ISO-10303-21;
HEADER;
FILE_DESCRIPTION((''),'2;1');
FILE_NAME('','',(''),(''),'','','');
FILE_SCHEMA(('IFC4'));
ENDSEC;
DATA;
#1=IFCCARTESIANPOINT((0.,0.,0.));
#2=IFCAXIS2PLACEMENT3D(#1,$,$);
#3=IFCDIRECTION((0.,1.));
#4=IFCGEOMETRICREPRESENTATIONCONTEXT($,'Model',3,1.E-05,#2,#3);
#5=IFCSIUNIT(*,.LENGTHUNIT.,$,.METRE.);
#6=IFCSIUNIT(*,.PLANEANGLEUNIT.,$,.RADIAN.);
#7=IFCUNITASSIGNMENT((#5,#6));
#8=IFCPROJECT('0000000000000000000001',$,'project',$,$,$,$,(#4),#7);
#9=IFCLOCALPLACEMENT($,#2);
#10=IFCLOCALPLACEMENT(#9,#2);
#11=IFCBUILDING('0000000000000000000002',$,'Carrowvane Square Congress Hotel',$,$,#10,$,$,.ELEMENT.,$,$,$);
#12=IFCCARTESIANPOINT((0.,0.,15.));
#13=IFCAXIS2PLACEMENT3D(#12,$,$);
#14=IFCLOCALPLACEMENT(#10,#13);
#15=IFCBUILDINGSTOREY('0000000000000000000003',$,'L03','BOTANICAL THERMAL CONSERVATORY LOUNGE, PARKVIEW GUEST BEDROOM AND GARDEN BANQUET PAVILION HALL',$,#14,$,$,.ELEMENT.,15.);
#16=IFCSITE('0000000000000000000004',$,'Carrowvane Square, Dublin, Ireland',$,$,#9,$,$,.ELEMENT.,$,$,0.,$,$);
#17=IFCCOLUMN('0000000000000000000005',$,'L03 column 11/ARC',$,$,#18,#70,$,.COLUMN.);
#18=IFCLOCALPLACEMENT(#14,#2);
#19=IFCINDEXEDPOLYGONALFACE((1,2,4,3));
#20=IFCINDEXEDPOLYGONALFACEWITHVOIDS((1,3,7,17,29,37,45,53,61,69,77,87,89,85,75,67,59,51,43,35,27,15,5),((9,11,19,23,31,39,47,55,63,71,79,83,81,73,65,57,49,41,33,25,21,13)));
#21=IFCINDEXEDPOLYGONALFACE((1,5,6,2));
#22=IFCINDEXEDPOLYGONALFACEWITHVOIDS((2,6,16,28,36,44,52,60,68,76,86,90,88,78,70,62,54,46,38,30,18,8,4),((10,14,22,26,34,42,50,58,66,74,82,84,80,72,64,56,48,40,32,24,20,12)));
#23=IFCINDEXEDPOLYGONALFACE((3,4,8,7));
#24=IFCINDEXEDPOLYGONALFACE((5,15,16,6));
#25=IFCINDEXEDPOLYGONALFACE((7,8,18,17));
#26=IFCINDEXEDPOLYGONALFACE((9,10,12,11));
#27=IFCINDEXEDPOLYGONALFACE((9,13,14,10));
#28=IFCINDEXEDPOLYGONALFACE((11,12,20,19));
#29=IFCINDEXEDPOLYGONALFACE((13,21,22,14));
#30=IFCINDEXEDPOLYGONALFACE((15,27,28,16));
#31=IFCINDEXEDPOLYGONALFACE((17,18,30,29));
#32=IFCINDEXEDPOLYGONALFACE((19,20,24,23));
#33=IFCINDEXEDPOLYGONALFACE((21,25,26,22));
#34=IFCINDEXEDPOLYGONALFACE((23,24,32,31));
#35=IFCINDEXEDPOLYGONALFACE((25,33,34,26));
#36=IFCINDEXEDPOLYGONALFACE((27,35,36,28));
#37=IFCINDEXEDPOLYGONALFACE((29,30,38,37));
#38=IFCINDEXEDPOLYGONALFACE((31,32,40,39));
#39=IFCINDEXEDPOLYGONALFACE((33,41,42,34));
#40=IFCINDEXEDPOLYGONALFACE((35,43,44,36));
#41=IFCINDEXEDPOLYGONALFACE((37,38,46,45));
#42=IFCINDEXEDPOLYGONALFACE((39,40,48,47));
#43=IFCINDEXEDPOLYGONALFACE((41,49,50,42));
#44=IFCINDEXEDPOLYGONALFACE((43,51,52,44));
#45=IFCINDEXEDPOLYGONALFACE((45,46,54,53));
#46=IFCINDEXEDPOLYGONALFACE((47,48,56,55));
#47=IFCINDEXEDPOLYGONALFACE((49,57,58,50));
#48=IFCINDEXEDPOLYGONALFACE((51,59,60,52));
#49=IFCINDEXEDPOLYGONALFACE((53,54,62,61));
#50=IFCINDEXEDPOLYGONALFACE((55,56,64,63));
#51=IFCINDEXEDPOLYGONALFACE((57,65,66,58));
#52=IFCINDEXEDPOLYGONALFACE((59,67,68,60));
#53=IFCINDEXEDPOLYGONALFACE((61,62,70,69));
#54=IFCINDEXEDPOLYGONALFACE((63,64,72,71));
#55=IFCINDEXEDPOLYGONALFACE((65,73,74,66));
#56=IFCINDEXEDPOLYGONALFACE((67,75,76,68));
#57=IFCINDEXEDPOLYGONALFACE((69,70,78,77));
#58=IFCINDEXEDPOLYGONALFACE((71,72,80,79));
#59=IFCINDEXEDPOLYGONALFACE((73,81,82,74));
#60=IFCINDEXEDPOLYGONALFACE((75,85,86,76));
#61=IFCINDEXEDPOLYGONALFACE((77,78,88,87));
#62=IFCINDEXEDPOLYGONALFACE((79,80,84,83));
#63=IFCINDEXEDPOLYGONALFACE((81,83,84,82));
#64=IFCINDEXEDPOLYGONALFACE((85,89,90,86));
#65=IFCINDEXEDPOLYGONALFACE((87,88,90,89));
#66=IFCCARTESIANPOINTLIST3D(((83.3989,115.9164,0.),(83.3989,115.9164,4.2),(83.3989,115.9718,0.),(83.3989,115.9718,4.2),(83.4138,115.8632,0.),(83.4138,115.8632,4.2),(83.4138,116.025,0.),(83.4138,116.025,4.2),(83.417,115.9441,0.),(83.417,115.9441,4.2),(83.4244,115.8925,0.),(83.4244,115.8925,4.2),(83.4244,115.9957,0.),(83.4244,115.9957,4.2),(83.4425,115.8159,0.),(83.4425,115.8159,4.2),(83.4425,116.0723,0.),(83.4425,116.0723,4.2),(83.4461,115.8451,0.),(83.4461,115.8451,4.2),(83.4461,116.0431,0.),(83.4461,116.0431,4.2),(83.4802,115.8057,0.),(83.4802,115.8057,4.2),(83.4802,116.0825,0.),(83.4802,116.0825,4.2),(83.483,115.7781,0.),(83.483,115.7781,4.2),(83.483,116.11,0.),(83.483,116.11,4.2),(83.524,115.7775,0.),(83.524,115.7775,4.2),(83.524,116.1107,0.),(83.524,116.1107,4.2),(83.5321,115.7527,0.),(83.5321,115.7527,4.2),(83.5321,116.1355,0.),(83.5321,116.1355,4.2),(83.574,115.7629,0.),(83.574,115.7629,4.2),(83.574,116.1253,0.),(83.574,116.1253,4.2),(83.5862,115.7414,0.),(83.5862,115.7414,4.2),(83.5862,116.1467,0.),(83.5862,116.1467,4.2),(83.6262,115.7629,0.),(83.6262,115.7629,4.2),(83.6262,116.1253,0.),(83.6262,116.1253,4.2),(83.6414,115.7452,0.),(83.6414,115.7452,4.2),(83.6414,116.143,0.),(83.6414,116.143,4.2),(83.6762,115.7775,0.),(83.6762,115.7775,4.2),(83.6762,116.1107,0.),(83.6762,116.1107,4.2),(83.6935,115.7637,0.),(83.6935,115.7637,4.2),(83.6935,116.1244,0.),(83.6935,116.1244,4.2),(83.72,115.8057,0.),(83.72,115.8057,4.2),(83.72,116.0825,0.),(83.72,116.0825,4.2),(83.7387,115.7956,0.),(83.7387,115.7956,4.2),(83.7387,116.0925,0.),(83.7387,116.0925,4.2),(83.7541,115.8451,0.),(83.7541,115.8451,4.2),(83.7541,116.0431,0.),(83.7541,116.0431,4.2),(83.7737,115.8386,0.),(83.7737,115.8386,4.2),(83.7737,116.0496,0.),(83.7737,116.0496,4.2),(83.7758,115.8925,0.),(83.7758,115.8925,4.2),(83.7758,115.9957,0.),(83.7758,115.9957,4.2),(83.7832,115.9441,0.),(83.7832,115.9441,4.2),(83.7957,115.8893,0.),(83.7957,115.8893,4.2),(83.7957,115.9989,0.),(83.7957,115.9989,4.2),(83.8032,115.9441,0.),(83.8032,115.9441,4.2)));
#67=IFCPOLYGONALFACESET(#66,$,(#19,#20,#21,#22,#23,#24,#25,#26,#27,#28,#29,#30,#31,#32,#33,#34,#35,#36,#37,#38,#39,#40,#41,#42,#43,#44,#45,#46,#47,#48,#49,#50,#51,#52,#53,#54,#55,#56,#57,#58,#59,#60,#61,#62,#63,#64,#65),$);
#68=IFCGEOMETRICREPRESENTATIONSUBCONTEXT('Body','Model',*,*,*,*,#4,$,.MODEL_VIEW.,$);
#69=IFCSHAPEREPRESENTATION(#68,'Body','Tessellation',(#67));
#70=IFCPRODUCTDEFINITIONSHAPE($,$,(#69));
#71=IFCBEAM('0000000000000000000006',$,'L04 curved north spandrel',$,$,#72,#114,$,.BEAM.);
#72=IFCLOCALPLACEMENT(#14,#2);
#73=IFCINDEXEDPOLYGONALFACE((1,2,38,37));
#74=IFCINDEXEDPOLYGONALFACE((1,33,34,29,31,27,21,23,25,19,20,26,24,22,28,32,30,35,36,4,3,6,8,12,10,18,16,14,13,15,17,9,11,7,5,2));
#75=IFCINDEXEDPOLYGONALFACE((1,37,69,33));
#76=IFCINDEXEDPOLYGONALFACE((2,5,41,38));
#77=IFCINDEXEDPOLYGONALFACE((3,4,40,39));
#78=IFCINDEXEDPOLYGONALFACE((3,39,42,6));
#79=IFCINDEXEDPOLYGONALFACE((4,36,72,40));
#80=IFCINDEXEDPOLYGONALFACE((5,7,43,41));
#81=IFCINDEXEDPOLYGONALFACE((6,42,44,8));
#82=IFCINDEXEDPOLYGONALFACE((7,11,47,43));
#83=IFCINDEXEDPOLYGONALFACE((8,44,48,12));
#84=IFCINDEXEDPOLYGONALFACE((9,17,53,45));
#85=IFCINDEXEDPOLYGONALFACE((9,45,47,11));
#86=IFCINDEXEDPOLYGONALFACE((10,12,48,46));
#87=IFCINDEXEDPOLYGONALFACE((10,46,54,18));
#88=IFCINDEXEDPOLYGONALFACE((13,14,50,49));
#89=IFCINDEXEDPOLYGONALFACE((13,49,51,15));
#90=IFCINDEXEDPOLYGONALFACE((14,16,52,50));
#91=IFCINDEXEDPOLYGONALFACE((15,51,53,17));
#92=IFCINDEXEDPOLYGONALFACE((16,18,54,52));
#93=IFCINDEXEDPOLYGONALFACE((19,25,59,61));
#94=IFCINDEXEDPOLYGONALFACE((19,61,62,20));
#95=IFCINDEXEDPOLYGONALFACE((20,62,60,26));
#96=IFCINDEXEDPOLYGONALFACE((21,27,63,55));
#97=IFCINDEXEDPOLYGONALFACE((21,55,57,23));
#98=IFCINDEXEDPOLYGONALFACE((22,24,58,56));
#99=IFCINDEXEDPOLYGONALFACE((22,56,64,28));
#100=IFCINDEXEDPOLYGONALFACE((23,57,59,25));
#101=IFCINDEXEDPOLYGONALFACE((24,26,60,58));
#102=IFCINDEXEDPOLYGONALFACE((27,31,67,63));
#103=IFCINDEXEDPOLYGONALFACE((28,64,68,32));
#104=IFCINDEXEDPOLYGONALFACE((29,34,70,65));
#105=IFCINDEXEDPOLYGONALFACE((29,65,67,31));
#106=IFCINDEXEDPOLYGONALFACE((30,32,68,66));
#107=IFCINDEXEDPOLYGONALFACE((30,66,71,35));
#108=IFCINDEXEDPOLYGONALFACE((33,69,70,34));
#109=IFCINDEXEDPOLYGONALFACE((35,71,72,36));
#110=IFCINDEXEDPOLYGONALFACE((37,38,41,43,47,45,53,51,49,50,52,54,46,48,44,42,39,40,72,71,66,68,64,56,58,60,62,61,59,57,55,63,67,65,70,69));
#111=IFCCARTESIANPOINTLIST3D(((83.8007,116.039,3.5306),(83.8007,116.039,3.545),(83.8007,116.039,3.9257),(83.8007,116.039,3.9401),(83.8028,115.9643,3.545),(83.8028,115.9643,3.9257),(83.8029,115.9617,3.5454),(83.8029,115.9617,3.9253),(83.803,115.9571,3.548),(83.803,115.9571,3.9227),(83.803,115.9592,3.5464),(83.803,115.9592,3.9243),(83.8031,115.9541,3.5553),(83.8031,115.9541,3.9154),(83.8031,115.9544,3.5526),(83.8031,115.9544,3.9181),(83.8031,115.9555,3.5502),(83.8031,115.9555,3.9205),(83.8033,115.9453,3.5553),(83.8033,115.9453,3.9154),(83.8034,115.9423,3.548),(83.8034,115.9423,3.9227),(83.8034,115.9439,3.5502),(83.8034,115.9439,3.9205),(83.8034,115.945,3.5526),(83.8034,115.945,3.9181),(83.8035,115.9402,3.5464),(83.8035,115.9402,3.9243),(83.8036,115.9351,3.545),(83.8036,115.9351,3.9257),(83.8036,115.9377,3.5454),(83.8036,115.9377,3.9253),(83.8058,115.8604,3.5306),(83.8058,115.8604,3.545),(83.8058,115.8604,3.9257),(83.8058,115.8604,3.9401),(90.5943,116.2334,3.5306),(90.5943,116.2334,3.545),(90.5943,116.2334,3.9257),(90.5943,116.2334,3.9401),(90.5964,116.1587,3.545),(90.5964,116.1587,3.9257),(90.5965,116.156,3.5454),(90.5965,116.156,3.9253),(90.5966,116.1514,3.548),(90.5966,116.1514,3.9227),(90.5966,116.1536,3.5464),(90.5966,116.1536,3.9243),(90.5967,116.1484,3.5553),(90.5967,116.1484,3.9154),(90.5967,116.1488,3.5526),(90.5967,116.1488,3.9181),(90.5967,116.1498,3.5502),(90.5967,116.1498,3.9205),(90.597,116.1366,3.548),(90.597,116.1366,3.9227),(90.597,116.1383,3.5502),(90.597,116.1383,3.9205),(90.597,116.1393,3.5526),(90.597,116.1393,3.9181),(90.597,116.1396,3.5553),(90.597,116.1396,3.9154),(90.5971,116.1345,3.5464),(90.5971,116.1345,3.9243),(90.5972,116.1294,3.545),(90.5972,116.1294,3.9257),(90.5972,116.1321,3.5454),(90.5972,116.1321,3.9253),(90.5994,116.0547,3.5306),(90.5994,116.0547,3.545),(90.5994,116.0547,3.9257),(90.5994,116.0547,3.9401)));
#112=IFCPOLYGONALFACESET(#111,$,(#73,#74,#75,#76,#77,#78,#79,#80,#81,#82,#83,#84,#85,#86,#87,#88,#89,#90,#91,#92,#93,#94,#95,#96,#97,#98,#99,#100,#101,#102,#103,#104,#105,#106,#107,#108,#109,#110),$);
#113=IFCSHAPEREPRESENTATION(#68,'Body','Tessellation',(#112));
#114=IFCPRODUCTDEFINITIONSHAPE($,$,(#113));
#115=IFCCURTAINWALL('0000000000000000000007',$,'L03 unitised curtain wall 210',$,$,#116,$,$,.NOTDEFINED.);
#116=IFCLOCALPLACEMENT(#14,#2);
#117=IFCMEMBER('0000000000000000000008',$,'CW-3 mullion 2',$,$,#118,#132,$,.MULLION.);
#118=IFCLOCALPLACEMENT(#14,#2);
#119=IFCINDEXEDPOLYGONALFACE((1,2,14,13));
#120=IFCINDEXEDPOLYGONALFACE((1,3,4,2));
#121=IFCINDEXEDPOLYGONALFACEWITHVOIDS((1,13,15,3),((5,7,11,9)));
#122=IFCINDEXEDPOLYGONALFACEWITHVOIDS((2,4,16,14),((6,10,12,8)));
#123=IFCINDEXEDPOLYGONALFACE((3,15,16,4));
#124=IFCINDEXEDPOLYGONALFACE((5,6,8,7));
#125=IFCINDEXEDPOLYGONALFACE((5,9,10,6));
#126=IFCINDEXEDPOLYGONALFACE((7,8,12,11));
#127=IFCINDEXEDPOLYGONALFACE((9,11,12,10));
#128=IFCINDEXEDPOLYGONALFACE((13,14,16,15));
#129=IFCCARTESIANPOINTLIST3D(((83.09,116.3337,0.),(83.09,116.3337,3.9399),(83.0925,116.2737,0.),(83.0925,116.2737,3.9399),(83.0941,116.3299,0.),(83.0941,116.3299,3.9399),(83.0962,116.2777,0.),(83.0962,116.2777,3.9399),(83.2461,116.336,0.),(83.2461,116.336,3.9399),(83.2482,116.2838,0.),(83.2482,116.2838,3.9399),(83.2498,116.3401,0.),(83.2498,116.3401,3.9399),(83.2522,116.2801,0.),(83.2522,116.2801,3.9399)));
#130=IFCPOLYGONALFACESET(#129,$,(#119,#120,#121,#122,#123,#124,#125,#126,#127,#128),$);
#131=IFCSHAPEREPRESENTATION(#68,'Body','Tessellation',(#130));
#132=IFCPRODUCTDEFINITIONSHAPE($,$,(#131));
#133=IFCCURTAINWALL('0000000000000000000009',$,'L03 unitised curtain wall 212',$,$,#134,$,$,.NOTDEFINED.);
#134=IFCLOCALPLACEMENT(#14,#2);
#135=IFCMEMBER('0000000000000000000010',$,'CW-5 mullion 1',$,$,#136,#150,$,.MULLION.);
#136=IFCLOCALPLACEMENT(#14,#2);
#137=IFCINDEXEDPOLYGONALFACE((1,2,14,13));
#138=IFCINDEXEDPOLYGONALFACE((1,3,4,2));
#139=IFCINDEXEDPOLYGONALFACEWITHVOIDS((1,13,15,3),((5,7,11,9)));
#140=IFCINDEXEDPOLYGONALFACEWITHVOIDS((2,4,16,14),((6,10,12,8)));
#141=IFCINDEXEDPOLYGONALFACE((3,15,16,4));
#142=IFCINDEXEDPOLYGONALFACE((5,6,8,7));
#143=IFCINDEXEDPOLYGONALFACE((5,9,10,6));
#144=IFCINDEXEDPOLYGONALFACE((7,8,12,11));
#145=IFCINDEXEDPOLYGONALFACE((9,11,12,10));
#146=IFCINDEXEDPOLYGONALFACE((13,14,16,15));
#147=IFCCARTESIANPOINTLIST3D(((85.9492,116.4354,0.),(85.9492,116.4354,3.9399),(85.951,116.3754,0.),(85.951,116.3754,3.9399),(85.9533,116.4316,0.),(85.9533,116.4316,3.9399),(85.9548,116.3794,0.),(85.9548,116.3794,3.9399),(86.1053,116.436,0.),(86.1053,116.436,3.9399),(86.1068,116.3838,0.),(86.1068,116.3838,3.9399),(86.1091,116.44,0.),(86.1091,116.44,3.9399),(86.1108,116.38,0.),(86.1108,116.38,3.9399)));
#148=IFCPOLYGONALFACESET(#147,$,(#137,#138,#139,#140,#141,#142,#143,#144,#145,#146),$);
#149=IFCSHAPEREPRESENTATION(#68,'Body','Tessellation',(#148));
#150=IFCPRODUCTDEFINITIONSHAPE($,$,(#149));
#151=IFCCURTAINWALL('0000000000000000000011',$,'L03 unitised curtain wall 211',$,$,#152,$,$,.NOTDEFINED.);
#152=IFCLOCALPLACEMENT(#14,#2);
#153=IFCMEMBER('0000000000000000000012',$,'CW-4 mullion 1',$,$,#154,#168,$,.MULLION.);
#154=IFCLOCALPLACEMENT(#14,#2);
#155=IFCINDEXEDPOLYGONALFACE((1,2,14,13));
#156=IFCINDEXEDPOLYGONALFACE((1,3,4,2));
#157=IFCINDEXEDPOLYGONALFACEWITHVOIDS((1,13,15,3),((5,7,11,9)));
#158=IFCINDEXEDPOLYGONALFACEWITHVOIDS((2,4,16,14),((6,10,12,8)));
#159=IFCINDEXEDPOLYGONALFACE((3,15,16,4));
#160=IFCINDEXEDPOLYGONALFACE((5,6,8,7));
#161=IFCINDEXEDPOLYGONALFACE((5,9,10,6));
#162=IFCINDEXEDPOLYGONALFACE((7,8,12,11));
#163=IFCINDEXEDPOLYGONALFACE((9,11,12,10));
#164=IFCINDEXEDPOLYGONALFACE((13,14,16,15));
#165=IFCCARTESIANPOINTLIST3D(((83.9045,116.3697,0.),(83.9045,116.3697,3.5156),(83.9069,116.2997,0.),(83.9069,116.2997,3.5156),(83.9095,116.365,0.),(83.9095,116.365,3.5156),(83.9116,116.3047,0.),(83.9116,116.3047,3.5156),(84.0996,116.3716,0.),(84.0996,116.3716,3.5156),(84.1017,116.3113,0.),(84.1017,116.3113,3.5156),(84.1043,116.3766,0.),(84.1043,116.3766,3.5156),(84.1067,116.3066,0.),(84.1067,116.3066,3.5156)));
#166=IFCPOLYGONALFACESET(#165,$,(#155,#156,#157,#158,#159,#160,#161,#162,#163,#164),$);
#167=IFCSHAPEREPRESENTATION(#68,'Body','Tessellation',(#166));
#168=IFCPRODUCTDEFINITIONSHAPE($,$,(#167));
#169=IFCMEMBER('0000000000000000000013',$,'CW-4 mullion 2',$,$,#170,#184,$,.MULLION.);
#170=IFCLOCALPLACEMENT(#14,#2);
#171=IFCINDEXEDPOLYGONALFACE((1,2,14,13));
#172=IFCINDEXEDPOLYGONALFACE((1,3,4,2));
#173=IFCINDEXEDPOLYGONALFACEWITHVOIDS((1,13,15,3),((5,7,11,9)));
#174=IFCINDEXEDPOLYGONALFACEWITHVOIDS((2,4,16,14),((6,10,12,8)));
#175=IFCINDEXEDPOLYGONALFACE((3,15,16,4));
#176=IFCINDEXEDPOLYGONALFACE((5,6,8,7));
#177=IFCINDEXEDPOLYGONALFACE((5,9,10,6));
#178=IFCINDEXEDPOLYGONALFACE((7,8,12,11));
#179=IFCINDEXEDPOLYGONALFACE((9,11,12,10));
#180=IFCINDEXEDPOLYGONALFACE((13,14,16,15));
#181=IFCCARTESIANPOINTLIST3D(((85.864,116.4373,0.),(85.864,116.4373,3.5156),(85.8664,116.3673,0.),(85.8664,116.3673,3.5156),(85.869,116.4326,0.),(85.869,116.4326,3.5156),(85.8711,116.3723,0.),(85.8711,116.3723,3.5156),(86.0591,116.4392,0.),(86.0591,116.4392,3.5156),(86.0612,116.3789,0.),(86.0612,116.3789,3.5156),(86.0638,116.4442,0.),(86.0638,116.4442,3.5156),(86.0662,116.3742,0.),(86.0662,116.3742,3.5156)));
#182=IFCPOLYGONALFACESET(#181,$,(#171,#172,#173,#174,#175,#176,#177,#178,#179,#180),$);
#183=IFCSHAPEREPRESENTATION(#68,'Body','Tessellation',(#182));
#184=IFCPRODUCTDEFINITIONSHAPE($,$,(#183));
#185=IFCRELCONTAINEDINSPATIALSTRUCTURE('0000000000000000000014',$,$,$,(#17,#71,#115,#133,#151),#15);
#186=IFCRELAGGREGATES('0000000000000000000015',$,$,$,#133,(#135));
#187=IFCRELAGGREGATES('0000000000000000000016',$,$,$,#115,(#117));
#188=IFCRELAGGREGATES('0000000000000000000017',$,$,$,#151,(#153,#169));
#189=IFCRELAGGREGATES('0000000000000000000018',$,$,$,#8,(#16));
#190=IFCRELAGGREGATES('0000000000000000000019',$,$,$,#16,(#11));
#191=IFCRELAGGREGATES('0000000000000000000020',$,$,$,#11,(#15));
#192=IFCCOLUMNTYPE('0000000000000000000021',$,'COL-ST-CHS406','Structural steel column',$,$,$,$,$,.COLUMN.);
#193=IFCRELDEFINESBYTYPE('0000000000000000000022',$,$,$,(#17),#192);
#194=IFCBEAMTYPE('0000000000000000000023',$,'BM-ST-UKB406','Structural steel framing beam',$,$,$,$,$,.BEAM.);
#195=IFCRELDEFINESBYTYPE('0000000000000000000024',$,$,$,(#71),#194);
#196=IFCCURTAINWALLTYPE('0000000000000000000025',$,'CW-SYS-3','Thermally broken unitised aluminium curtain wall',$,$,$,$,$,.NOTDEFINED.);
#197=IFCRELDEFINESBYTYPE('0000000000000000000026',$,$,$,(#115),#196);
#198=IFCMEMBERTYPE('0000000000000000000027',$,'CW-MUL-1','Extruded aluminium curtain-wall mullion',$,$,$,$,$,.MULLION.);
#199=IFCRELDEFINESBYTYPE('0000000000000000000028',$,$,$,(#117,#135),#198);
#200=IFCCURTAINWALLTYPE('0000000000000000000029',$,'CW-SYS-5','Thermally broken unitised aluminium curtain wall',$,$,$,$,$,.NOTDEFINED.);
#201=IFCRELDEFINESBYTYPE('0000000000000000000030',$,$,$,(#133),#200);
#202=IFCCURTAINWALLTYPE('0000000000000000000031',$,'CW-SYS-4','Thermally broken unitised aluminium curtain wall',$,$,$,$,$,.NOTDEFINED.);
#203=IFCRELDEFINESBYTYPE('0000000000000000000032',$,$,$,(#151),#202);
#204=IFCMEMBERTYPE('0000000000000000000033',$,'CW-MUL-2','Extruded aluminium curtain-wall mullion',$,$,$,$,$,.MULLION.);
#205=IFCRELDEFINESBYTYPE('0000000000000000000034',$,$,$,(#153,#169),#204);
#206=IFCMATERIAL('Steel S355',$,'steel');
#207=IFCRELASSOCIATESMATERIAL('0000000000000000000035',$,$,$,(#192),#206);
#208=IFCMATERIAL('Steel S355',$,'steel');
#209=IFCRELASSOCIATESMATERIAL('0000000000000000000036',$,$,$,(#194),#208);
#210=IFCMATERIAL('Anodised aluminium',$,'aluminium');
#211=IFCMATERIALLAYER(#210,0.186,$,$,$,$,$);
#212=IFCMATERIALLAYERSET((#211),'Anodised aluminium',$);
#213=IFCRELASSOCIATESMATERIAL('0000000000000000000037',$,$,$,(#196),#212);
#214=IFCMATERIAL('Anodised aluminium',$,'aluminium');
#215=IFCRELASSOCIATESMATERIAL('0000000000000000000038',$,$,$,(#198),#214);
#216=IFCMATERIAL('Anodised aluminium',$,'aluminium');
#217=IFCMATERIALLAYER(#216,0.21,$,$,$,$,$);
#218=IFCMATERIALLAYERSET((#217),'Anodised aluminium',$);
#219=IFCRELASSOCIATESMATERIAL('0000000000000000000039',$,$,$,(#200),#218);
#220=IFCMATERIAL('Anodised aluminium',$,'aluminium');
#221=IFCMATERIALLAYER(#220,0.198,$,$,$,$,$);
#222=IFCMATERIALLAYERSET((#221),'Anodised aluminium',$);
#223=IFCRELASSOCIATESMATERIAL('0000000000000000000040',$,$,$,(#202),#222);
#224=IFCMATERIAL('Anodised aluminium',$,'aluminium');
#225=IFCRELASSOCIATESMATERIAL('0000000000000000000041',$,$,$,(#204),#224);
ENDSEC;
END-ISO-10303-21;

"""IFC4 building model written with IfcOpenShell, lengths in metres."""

from ifc_helpers import new_model, si_unit, direction, frame, origin, origin_2d, place, context, subcontext, project, spatial, hollow_rectangle, hollow_circle, i_section, extrude, material, layer, layer_set, material_profile, profile_set, type_object, element, aggregate, save


model = new_model("IFC4")

# Units and contexts
model_context = context("Model", 3, precision=1e-05, world=origin(), true_north=direction((0.0, 1.0)))
body_context = subcontext(model_context, "Body", "Model", "MODEL_VIEW")
ifc_project = project(units=[si_unit("LENGTHUNIT", "METRE"), si_unit("PLANEANGLEUNIT", "RADIAN")], contexts=[model_context])

# Site, building, storey
site_placement = place(None, origin())
site = spatial("IfcSite", under=ifc_project, at=site_placement, Name="Carrowvane Square, Dublin, Ireland", CompositionType="ELEMENT", RefElevation=0.0)
building_placement = place(site_placement, origin())
building = spatial("IfcBuilding", under=site, at=building_placement, Name="Carrowvane Square Congress Hotel", CompositionType="ELEMENT")
storey_placement = place(building_placement, frame((0.0, 0.0, 15.0)))
storey = spatial("IfcBuildingStorey", under=building, at=storey_placement, Name="L03", Description="BOTANICAL THERMAL CONSERVATORY LOUNGE, PARKVIEW GUEST BEDROOM AND GARDEN BANQUET PAVILION HALL", CompositionType="ELEMENT", Elevation=15.0)

# Column
ifc_material_1 = material(Name="Steel S355", Category="steel")
ifc_material_profile_1 = material_profile(ifc_material_1, hollow_circle(Radius=0.2031, WallThickness=0.02, at=origin_2d()), Name="CHS 406.4x20")
ifc_profile_set_1 = profile_set([ifc_material_profile_1], Name="Steel S355")
column_type = type_object("IfcColumnType", Name="COL-ST-CHS406", Description="Structural steel column", PredefinedType="COLUMN", material=ifc_profile_set_1)
column_placement = place(storey_placement, frame((83.6001, 115.9441, 0.0), z_axis=(0.0, 0.0, 1.0), x_axis=(1.0, 0.0, 0.0)))
element("IfcColumn", 1, at=column_placement, inside=storey, type_object=column_type, Name="L03 column 11/ARC", PredefinedType="COLUMN", context=body_context, shape_type="SweptSolid", body=[
    extrude(hollow_circle(Radius=0.2031, WallThickness=0.02, at=origin_2d()), origin(), (0.0, 0.0, 1.0), 4.2),
])

# Beam
ifc_material_2 = material(Name="Steel S355", Category="steel")
ifc_material_profile_2 = material_profile(ifc_material_2, i_section(OverallWidth=0.1787, OverallDepth=0.4094, WebThickness=0.0088, FlangeThickness=0.0144, FilletRadius=0.0103, at=origin_2d()), Name="UKB 406x178x67")
ifc_profile_set_2 = profile_set([ifc_material_profile_2], Name="Steel S355")
beam_type = type_object("IfcBeamType", Name="BM-ST-UKB406", Description="Structural steel framing beam", PredefinedType="BEAM", material=ifc_profile_set_2)
beam_placement = place(storey_placement, frame((83.8032, 115.9497, 3.7354), z_axis=(0.999591, 0.028594, 0.0), x_axis=(-0.028594, 0.999591, 0.0)))
element("IfcBeam", 2, at=beam_placement, inside=storey, type_object=beam_type, Name="L04 curved north spandrel", PredefinedType="BEAM", context=body_context, shape_type="SweptSolid", body=[
    extrude(i_section(OverallWidth=0.1787, OverallDepth=0.4094, WebThickness=0.0088, FlangeThickness=0.0144, FilletRadius=0.0103, at=origin_2d()), origin(), (0.0, 0.0, 1.0), 6.7964),
])

# Curtain walls, members
ifc_material_3 = material(Name="Anodised aluminium", Category="aluminium")
ifc_layer_1 = layer(ifc_material_3, 0.186)
ifc_layer_set_1 = layer_set([ifc_layer_1], Name="Anodised aluminium")
curtain_wall_type_1 = type_object("IfcCurtainWallType", Name="CW-SYS-3", Description="Thermally broken unitised aluminium curtain wall", PredefinedType="NOTDEFINED", material=ifc_layer_set_1)
curtain_wall_1_placement = place(storey_placement, origin())
curtain_wall_1 = element("IfcCurtainWall", 3, at=curtain_wall_1_placement, inside=storey, type_object=curtain_wall_type_1, Name="L03 unitised curtain wall 210", PredefinedType="NOTDEFINED")
ifc_material_4 = material(Name="Anodised aluminium", Category="aluminium")
ifc_material_profile_3 = material_profile(ifc_material_4, hollow_rectangle(XDim=0.0601, YDim=0.1599, WallThickness=0.0039, at=origin_2d()), Name="CW-ML 60x160x4")
ifc_profile_set_3 = profile_set([ifc_material_profile_3], Name="Anodised aluminium")
member_type_1 = type_object("IfcMemberType", Name="CW-MUL-1", Description="Extruded aluminium curtain-wall mullion", PredefinedType="MULLION", material=ifc_profile_set_3)
member_1_placement = place(storey_placement, frame((83.1711, 116.3069, 0.0), z_axis=(0.0, 0.0, 1.0), x_axis=(-0.040136, 0.999194, 0.0)))
member_1 = element("IfcMember", 4, at=member_1_placement, type_object=member_type_1, Name="CW-3 mullion 2", PredefinedType="MULLION", context=body_context, shape_type="SweptSolid", body=[
    extrude(hollow_rectangle(XDim=0.0601, YDim=0.1599, WallThickness=0.0039, at=origin_2d()), origin(), (0.0, 0.0, 1.0), 3.9399),
])
ifc_material_5 = material(Name="Anodised aluminium", Category="aluminium")
ifc_layer_2 = layer(ifc_material_5, 0.21)
ifc_layer_set_2 = layer_set([ifc_layer_2], Name="Anodised aluminium")
curtain_wall_type_2 = type_object("IfcCurtainWallType", Name="CW-SYS-5", Description="Thermally broken unitised aluminium curtain wall", PredefinedType="NOTDEFINED", material=ifc_layer_set_2)
curtain_wall_2_placement = place(storey_placement, origin())
curtain_wall_2 = element("IfcCurtainWall", 5, at=curtain_wall_2_placement, inside=storey, type_object=curtain_wall_type_2, Name="L03 unitised curtain wall 212", PredefinedType="NOTDEFINED")
member_2_placement = place(storey_placement, frame((86.03, 116.4077, 0.0), z_axis=(0.0, 0.0, 1.0), x_axis=(-0.028638, 0.99959, 0.0)))
member_2 = element("IfcMember", 6, at=member_2_placement, type_object=member_type_1, Name="CW-5 mullion 1", PredefinedType="MULLION", context=body_context, shape_type="SweptSolid", body=[
    extrude(hollow_rectangle(XDim=0.0601, YDim=0.1599, WallThickness=0.0039, at=origin_2d()), origin(), (0.0, 0.0, 1.0), 3.9399),
])

# Curtain wall, members
ifc_material_6 = material(Name="Anodised aluminium", Category="aluminium")
ifc_layer_3 = layer(ifc_material_6, 0.198)
ifc_layer_set_3 = layer_set([ifc_layer_3], Name="Anodised aluminium")
curtain_wall_type_3 = type_object("IfcCurtainWallType", Name="CW-SYS-4", Description="Thermally broken unitised aluminium curtain wall", PredefinedType="NOTDEFINED", material=ifc_layer_set_3)
curtain_wall_3_placement = place(storey_placement, origin())
curtain_wall_3 = element("IfcCurtainWall", 7, at=curtain_wall_3_placement, inside=storey, type_object=curtain_wall_type_3, Name="L03 unitised curtain wall 211", PredefinedType="NOTDEFINED")
ifc_material_7 = material(Name="Anodised aluminium", Category="aluminium")
ifc_material_profile_4 = material_profile(ifc_material_7, hollow_rectangle(XDim=0.0701, YDim=0.2, WallThickness=0.0049, at=origin_2d()), Name="CW-ML 70x200x5")
ifc_profile_set_4 = profile_set([ifc_material_profile_4], Name="Anodised aluminium")
member_type_2 = type_object("IfcMemberType", Name="CW-MUL-2", Description="Extruded aluminium curtain-wall mullion", PredefinedType="MULLION", material=ifc_profile_set_4)
member_3_placement = place(storey_placement, frame((84.0056, 116.3381, 0.0), z_axis=(0.0, 0.0, 1.0), x_axis=(-0.034527, 0.999404, 0.0)))
member_3 = element("IfcMember", 8, at=member_3_placement, type_object=member_type_2, Name="CW-4 mullion 1", PredefinedType="MULLION", context=body_context, shape_type="SweptSolid", body=[
    extrude(hollow_rectangle(XDim=0.0701, YDim=0.2, WallThickness=0.0049, at=origin_2d()), origin(), (0.0, 0.0, 1.0), 3.5156),
])
member_4_placement = place(storey_placement, frame((85.9651, 116.4058, 0.0), z_axis=(0.0, 0.0, 1.0), x_axis=(-0.034527, 0.999404, 0.0)))
member_4 = element("IfcMember", 9, at=member_4_placement, type_object=member_type_2, Name="CW-4 mullion 2", PredefinedType="MULLION", context=body_context, shape_type="SweptSolid", body=[
    extrude(hollow_rectangle(XDim=0.0701, YDim=0.2, WallThickness=0.0049, at=origin_2d()), origin(), (0.0, 0.0, 1.0), 3.5156),
])

aggregate(curtain_wall_2, [member_2])

aggregate(curtain_wall_1, [member_1])
aggregate(curtain_wall_3, [member_3, member_4])

save(model, "model.ifc")
